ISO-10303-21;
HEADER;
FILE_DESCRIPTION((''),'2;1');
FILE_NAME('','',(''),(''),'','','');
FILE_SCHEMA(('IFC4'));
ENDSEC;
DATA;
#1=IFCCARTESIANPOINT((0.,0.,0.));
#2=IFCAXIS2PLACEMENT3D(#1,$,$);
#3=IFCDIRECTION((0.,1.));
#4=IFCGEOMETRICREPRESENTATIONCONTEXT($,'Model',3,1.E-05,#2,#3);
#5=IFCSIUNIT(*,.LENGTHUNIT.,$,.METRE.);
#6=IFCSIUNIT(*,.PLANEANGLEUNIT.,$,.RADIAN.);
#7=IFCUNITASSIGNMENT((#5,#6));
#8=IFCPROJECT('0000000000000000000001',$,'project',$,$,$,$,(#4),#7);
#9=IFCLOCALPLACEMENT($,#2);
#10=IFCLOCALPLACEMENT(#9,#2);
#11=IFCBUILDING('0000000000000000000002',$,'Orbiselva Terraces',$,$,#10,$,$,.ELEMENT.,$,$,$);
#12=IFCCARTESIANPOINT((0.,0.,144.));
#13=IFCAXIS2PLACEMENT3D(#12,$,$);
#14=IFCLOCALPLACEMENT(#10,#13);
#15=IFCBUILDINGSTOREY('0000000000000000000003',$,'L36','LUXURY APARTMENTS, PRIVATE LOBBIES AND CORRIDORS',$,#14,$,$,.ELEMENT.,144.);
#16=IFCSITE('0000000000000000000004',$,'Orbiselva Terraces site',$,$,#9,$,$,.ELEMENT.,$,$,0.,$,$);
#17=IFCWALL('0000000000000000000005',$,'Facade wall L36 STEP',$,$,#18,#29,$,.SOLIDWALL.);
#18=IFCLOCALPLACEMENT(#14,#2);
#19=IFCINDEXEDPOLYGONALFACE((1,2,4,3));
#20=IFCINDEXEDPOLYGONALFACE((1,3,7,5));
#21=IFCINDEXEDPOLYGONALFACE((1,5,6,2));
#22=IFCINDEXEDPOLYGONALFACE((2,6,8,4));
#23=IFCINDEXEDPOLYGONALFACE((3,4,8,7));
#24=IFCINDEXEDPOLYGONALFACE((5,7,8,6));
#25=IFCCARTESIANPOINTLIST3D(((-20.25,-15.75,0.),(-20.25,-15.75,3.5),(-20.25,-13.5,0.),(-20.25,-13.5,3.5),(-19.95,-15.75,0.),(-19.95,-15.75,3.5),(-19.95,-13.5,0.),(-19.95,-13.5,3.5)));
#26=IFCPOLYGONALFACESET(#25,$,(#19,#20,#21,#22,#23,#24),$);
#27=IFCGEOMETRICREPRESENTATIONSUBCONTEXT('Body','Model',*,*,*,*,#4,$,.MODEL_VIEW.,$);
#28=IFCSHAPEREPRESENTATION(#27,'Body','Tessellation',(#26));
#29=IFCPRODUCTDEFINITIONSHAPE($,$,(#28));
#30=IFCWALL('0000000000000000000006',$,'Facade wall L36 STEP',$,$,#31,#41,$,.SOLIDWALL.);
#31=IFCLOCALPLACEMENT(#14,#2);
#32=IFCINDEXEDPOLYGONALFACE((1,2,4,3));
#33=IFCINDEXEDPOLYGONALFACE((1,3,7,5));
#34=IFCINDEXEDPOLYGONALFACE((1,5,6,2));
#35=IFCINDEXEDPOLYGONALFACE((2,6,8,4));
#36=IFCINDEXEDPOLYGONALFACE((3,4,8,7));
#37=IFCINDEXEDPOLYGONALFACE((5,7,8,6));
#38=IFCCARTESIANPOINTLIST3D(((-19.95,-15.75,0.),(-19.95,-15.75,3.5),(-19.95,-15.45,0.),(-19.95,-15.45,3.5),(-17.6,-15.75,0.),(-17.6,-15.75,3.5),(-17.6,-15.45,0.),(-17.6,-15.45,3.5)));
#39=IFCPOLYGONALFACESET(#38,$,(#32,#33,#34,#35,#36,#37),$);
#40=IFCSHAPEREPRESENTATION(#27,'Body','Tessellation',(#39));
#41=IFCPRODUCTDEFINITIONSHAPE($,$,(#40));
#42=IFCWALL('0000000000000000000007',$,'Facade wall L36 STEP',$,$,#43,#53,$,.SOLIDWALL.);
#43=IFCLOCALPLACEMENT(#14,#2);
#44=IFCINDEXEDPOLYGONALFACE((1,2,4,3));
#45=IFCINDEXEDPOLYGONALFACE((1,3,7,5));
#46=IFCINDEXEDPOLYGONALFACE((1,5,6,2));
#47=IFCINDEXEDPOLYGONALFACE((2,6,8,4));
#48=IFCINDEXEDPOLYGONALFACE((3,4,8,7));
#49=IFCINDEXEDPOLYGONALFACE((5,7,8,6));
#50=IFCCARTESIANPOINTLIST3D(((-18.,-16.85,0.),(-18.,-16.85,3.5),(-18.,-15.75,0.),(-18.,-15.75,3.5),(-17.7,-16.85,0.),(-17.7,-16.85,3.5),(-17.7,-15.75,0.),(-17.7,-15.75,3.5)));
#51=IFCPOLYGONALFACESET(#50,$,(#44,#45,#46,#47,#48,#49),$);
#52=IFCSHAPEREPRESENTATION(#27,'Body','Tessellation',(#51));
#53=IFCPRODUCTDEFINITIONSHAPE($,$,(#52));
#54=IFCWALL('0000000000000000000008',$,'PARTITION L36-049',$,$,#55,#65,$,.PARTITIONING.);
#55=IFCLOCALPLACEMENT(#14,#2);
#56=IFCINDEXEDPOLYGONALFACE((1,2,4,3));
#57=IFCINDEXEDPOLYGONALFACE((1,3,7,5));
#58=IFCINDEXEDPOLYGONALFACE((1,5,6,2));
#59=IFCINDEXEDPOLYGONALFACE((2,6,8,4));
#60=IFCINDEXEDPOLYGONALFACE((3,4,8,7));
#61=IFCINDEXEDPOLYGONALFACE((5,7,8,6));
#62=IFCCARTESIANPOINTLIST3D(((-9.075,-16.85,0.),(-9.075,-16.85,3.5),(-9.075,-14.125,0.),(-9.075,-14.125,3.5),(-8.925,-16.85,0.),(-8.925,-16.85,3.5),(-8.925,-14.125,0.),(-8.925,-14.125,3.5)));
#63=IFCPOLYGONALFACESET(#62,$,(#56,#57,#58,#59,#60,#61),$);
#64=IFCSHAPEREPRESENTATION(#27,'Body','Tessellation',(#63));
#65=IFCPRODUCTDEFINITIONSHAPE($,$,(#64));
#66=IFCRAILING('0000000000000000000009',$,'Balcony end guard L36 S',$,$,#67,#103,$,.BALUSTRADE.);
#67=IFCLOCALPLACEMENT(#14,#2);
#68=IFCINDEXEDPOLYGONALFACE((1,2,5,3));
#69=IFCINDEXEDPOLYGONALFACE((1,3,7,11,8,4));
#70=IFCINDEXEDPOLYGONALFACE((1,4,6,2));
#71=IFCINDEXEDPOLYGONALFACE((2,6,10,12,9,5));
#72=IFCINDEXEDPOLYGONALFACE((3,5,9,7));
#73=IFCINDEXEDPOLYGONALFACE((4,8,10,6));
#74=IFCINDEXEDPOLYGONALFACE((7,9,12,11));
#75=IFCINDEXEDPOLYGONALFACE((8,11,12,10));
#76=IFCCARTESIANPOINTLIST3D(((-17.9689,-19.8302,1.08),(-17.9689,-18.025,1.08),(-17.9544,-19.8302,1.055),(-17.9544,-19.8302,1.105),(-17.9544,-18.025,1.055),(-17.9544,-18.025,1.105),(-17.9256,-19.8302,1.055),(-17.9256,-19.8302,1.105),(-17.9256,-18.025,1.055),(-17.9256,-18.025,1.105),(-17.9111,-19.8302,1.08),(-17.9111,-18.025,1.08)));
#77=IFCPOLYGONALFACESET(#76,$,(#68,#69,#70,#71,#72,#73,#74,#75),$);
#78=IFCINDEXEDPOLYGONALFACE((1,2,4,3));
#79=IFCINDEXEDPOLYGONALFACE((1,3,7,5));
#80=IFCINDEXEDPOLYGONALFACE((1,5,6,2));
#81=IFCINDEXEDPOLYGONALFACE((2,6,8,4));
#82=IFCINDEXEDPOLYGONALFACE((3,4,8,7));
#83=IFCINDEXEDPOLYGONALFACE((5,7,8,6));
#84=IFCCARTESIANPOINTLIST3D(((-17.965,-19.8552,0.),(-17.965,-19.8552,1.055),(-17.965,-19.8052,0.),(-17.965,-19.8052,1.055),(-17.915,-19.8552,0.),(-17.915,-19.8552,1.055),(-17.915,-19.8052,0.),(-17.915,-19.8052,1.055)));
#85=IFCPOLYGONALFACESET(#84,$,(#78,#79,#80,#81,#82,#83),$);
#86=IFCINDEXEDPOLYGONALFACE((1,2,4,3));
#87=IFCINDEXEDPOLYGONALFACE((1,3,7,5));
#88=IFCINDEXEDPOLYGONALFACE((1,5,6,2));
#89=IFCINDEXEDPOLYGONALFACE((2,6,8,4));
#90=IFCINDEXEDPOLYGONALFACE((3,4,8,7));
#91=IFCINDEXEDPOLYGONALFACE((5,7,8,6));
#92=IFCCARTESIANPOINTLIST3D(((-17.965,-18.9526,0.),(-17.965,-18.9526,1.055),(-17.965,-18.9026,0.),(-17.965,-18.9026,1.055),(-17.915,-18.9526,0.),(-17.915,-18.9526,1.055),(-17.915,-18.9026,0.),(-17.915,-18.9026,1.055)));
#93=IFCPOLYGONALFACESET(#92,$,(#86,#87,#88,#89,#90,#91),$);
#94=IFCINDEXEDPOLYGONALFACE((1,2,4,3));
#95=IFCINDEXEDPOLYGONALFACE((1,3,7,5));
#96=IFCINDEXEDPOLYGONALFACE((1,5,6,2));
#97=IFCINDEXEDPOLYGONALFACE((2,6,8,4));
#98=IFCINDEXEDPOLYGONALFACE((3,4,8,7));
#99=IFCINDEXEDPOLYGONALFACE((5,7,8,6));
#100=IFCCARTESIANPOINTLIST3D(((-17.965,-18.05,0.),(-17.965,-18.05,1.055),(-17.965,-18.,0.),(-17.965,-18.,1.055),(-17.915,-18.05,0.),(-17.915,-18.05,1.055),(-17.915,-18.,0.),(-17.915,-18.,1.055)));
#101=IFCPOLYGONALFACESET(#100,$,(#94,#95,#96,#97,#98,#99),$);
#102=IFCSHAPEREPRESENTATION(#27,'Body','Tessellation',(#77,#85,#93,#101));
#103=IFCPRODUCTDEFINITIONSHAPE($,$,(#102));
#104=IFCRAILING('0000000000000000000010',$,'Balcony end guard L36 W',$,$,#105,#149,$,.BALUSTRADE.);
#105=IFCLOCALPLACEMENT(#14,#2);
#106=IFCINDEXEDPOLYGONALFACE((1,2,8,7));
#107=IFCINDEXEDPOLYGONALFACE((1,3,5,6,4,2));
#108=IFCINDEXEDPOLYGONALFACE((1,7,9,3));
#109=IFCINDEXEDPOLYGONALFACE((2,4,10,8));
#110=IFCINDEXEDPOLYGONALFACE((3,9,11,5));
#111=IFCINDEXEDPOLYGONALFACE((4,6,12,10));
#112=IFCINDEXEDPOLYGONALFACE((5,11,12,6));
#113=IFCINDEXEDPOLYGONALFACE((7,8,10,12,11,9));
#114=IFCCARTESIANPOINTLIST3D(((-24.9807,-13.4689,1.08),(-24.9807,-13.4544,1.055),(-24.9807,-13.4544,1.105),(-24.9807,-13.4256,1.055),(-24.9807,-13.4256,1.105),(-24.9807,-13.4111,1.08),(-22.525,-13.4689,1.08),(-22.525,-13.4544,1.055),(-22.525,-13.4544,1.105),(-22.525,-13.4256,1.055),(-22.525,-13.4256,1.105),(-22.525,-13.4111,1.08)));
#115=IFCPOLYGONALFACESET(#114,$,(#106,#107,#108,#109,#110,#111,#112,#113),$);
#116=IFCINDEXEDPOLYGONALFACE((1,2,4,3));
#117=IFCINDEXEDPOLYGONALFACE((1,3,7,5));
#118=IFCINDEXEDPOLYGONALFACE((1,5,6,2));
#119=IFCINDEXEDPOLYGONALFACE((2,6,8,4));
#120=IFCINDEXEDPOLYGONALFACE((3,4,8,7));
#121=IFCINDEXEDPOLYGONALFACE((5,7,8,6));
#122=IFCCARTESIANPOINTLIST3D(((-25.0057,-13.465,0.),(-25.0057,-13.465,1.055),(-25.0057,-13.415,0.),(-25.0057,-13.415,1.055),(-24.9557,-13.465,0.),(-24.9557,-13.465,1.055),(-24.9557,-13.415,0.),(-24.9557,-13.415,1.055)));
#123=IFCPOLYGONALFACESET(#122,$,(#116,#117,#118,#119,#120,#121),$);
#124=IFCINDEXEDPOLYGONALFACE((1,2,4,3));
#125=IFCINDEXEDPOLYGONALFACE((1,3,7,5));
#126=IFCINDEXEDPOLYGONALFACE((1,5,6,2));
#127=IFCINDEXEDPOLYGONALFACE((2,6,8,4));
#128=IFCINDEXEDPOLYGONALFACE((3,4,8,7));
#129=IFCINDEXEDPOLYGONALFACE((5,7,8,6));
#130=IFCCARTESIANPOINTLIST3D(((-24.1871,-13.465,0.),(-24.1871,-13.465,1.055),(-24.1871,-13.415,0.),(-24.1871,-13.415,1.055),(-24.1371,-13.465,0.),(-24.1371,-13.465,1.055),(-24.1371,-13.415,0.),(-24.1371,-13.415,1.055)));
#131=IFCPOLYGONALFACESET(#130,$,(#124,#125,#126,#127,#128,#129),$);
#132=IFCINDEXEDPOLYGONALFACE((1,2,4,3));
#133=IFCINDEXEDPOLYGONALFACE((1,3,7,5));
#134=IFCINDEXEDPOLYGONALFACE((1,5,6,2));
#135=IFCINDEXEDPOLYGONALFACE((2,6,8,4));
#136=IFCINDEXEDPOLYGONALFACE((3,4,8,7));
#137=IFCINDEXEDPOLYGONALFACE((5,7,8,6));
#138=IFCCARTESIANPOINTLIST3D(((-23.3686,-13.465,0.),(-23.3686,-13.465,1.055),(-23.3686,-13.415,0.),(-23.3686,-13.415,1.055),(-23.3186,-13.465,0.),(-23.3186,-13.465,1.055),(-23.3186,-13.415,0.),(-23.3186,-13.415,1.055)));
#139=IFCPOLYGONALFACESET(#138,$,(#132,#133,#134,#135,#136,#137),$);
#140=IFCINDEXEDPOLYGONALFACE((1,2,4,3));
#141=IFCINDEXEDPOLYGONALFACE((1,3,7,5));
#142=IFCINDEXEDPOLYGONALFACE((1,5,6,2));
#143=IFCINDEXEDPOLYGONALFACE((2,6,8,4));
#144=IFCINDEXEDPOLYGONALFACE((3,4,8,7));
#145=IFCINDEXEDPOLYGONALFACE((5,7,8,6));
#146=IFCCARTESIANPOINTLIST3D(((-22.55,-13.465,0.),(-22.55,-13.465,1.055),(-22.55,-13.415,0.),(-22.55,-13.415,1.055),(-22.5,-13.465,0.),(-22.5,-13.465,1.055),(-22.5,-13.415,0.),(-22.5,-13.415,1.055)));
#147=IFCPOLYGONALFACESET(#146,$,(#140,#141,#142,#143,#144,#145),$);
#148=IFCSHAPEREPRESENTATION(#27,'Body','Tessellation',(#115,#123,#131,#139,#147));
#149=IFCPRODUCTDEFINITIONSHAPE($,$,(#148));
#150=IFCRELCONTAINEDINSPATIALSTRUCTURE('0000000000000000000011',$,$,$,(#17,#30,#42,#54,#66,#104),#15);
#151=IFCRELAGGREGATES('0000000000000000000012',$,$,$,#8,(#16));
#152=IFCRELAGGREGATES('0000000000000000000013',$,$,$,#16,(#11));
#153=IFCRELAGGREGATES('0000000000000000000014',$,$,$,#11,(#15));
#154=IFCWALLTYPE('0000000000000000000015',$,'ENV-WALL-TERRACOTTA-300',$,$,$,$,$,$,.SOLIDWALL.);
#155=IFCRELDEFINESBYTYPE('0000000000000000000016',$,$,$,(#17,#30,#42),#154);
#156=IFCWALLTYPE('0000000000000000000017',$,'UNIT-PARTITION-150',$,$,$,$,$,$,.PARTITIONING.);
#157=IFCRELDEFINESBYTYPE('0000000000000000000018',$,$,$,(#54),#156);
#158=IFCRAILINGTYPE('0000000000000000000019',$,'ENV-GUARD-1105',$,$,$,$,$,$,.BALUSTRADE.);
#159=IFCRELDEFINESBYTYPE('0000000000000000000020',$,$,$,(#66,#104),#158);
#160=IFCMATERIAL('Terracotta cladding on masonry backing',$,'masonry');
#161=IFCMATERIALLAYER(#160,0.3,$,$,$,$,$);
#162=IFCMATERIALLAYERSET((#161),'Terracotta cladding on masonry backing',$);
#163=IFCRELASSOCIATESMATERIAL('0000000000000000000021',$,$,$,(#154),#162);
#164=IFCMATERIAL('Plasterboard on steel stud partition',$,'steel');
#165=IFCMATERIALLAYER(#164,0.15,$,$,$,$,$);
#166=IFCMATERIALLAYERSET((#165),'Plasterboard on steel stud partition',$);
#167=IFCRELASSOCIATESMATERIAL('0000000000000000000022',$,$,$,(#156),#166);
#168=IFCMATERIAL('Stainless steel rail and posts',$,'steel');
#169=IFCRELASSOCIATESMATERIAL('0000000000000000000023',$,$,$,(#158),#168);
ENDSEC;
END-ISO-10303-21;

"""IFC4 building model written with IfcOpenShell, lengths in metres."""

from ifc_helpers import new_model, si_unit, direction, frame, frame_2d, origin, origin_2d, place, context, subcontext, project, spatial, polyline, rectangle, outline, extrude, material, layer, layer_set, type_object, element, save


model = new_model("IFC4")

# Units and contexts
model_context = context("Model", 3, precision=1e-05, world=origin(), true_north=direction((0.0, 1.0)))
body_context = subcontext(model_context, "Body", "Model", "MODEL_VIEW")
ifc_project = project(units=[si_unit("LENGTHUNIT", "METRE"), si_unit("PLANEANGLEUNIT", "RADIAN")], contexts=[model_context])

# Site, building, storey
site_placement = place(None, origin())
site = spatial("IfcSite", under=ifc_project, at=site_placement, Name="Orbiselva Terraces site", CompositionType="ELEMENT", RefElevation=0.0)
building_placement = place(site_placement, origin())
building = spatial("IfcBuilding", under=site, at=building_placement, Name="Orbiselva Terraces", CompositionType="ELEMENT")
storey_placement = place(building_placement, frame((0.0, 0.0, 144.0)))
storey = spatial("IfcBuildingStorey", under=building, at=storey_placement, Name="L36", Description="LUXURY APARTMENTS, PRIVATE LOBBIES AND CORRIDORS", CompositionType="ELEMENT", Elevation=144.0)

# Shared definitions
ifc_material_1 = material(Name="Terracotta cladding on masonry backing", Category="masonry")
ifc_layer_1 = layer(ifc_material_1, 0.3)
ifc_layer_set_1 = layer_set([ifc_layer_1], Name="Terracotta cladding on masonry backing")
wall_type_1 = type_object("IfcWallType", Name="ENV-WALL-TERRACOTTA-300", PredefinedType="SOLIDWALL", material=ifc_layer_set_1)

# Walls
wall_1_placement = place(storey_placement, frame((-20.1, -15.75, 0.0), z_axis=(0.0, 0.0, 1.0), x_axis=(0.0, 1.0, 0.0)))
element("IfcWall", 1, at=wall_1_placement, inside=storey, type_object=wall_type_1, Name="Facade wall L36 STEP", PredefinedType="SOLIDWALL", context=body_context, shape_type="SweptSolid", body=[
    extrude(rectangle(XDim=2.25, YDim=0.3, at=frame_2d((1.125, 0.0))), origin(), (0.0, 0.0, 1.0), 3.5),
])
wall_2_placement = place(storey_placement, frame((-17.6, -15.6, 0.0), z_axis=(0.0, 0.0, 1.0), x_axis=(-1.0, 0.0, 0.0)))
element("IfcWall", 2, at=wall_2_placement, inside=storey, type_object=wall_type_1, Name="Facade wall L36 STEP", PredefinedType="SOLIDWALL", context=body_context, shape_type="SweptSolid", body=[
    extrude(rectangle(XDim=2.35, YDim=0.3, at=frame_2d((1.175, 0.0))), origin(), (0.0, 0.0, 1.0), 3.5),
])
wall_3_placement = place(storey_placement, frame((-17.85, -16.85, 0.0), z_axis=(0.0, 0.0, 1.0), x_axis=(0.0, 1.0, 0.0)))
element("IfcWall", 3, at=wall_3_placement, inside=storey, type_object=wall_type_1, Name="Facade wall L36 STEP", PredefinedType="SOLIDWALL", context=body_context, shape_type="SweptSolid", body=[
    extrude(rectangle(XDim=1.1, YDim=0.3, at=frame_2d((0.55, 0.0))), origin(), (0.0, 0.0, 1.0), 3.5),
])
ifc_material_2 = material(Name="Plasterboard on steel stud partition", Category="steel")
ifc_layer_2 = layer(ifc_material_2, 0.15)
ifc_layer_set_2 = layer_set([ifc_layer_2], Name="Plasterboard on steel stud partition")
wall_type_2 = type_object("IfcWallType", Name="UNIT-PARTITION-150", PredefinedType="PARTITIONING", material=ifc_layer_set_2)
wall_4_placement = place(storey_placement, frame((-9.0, -16.85, 0.0), z_axis=(0.0, 0.0, 1.0), x_axis=(0.0, 1.0, 0.0)))
element("IfcWall", 4, at=wall_4_placement, inside=storey, type_object=wall_type_2, Name="PARTITION L36-049", PredefinedType="PARTITIONING", context=body_context, shape_type="SweptSolid", body=[
    extrude(rectangle(XDim=2.725, YDim=0.15, at=frame_2d((1.3625, 0.0))), origin(), (0.0, 0.0, 1.0), 3.5),
])

# Railings
ifc_material_3 = material(Name="Stainless steel rail and posts", Category="steel")
railing_type_1 = type_object("IfcRailingType", Name="ENV-GUARD-1105", PredefinedType="BALUSTRADE", material=ifc_material_3)
railing_1_placement = place(storey_placement, frame((-17.94, -19.8302, 0.0)))
element("IfcRailing", 5, at=railing_1_placement, inside=storey, type_object=railing_type_1, Name="Balcony end guard L36 S", PredefinedType="BALUSTRADE", context=body_context, shape_type="SweptSolid", body=[
    extrude(outline(polyline([(0.0289, 0.0), (0.0144, 0.025), (-0.0144, 0.025), (-0.0289, 0.0), (-0.0144, -0.025), (0.0144, -0.025), (0.0289, 0.0)])), frame((0.0, 0.0, 1.08), z_axis=(0.0, 1.0, 0.0), x_axis=(-1.0, 0.0, 0.0)), (0.0, 0.0, 1.0), 1.8052),
    extrude(rectangle(XDim=0.05, YDim=0.05, at=origin_2d()), origin(), (0.0, 0.0, 1.0), 1.055),
    extrude(rectangle(XDim=0.05, YDim=0.05, at=origin_2d()), frame((0.0, 0.9026, 0.0)), (0.0, 0.0, 1.0), 1.055),
    extrude(rectangle(XDim=0.05, YDim=0.05, at=origin_2d()), frame((0.0, 1.8052, 0.0)), (0.0, 0.0, 1.0), 1.055),
])
railing_2_placement = place(storey_placement, frame((-24.9807, -13.44, 0.0)))
element("IfcRailing", 6, at=railing_2_placement, inside=storey, type_object=railing_type_1, Name="Balcony end guard L36 W", PredefinedType="BALUSTRADE", context=body_context, shape_type="SweptSolid", body=[
    extrude(outline(polyline([(0.0289, 0.0), (0.0144, 0.025), (-0.0144, 0.025), (-0.0289, 0.0), (-0.0144, -0.025), (0.0144, -0.025), (0.0289, 0.0)])), frame((0.0, 0.0, 1.08), z_axis=(1.0, 0.0, 0.0), x_axis=(0.0, 1.0, 0.0)), (0.0, 0.0, 1.0), 2.4557),
    extrude(rectangle(XDim=0.05, YDim=0.05, at=origin_2d()), origin(), (0.0, 0.0, 1.0), 1.055),
    extrude(rectangle(XDim=0.05, YDim=0.05, at=origin_2d()), frame((0.8186, 0.0, 0.0)), (0.0, 0.0, 1.0), 1.055),
    extrude(rectangle(XDim=0.05, YDim=0.05, at=origin_2d()), frame((1.6371, 0.0, 0.0)), (0.0, 0.0, 1.0), 1.055),
    extrude(rectangle(XDim=0.05, YDim=0.05, at=origin_2d()), frame((2.4557, 0.0, 0.0)), (0.0, 0.0, 1.0), 1.055),
])

save(model, "model.ifc")
